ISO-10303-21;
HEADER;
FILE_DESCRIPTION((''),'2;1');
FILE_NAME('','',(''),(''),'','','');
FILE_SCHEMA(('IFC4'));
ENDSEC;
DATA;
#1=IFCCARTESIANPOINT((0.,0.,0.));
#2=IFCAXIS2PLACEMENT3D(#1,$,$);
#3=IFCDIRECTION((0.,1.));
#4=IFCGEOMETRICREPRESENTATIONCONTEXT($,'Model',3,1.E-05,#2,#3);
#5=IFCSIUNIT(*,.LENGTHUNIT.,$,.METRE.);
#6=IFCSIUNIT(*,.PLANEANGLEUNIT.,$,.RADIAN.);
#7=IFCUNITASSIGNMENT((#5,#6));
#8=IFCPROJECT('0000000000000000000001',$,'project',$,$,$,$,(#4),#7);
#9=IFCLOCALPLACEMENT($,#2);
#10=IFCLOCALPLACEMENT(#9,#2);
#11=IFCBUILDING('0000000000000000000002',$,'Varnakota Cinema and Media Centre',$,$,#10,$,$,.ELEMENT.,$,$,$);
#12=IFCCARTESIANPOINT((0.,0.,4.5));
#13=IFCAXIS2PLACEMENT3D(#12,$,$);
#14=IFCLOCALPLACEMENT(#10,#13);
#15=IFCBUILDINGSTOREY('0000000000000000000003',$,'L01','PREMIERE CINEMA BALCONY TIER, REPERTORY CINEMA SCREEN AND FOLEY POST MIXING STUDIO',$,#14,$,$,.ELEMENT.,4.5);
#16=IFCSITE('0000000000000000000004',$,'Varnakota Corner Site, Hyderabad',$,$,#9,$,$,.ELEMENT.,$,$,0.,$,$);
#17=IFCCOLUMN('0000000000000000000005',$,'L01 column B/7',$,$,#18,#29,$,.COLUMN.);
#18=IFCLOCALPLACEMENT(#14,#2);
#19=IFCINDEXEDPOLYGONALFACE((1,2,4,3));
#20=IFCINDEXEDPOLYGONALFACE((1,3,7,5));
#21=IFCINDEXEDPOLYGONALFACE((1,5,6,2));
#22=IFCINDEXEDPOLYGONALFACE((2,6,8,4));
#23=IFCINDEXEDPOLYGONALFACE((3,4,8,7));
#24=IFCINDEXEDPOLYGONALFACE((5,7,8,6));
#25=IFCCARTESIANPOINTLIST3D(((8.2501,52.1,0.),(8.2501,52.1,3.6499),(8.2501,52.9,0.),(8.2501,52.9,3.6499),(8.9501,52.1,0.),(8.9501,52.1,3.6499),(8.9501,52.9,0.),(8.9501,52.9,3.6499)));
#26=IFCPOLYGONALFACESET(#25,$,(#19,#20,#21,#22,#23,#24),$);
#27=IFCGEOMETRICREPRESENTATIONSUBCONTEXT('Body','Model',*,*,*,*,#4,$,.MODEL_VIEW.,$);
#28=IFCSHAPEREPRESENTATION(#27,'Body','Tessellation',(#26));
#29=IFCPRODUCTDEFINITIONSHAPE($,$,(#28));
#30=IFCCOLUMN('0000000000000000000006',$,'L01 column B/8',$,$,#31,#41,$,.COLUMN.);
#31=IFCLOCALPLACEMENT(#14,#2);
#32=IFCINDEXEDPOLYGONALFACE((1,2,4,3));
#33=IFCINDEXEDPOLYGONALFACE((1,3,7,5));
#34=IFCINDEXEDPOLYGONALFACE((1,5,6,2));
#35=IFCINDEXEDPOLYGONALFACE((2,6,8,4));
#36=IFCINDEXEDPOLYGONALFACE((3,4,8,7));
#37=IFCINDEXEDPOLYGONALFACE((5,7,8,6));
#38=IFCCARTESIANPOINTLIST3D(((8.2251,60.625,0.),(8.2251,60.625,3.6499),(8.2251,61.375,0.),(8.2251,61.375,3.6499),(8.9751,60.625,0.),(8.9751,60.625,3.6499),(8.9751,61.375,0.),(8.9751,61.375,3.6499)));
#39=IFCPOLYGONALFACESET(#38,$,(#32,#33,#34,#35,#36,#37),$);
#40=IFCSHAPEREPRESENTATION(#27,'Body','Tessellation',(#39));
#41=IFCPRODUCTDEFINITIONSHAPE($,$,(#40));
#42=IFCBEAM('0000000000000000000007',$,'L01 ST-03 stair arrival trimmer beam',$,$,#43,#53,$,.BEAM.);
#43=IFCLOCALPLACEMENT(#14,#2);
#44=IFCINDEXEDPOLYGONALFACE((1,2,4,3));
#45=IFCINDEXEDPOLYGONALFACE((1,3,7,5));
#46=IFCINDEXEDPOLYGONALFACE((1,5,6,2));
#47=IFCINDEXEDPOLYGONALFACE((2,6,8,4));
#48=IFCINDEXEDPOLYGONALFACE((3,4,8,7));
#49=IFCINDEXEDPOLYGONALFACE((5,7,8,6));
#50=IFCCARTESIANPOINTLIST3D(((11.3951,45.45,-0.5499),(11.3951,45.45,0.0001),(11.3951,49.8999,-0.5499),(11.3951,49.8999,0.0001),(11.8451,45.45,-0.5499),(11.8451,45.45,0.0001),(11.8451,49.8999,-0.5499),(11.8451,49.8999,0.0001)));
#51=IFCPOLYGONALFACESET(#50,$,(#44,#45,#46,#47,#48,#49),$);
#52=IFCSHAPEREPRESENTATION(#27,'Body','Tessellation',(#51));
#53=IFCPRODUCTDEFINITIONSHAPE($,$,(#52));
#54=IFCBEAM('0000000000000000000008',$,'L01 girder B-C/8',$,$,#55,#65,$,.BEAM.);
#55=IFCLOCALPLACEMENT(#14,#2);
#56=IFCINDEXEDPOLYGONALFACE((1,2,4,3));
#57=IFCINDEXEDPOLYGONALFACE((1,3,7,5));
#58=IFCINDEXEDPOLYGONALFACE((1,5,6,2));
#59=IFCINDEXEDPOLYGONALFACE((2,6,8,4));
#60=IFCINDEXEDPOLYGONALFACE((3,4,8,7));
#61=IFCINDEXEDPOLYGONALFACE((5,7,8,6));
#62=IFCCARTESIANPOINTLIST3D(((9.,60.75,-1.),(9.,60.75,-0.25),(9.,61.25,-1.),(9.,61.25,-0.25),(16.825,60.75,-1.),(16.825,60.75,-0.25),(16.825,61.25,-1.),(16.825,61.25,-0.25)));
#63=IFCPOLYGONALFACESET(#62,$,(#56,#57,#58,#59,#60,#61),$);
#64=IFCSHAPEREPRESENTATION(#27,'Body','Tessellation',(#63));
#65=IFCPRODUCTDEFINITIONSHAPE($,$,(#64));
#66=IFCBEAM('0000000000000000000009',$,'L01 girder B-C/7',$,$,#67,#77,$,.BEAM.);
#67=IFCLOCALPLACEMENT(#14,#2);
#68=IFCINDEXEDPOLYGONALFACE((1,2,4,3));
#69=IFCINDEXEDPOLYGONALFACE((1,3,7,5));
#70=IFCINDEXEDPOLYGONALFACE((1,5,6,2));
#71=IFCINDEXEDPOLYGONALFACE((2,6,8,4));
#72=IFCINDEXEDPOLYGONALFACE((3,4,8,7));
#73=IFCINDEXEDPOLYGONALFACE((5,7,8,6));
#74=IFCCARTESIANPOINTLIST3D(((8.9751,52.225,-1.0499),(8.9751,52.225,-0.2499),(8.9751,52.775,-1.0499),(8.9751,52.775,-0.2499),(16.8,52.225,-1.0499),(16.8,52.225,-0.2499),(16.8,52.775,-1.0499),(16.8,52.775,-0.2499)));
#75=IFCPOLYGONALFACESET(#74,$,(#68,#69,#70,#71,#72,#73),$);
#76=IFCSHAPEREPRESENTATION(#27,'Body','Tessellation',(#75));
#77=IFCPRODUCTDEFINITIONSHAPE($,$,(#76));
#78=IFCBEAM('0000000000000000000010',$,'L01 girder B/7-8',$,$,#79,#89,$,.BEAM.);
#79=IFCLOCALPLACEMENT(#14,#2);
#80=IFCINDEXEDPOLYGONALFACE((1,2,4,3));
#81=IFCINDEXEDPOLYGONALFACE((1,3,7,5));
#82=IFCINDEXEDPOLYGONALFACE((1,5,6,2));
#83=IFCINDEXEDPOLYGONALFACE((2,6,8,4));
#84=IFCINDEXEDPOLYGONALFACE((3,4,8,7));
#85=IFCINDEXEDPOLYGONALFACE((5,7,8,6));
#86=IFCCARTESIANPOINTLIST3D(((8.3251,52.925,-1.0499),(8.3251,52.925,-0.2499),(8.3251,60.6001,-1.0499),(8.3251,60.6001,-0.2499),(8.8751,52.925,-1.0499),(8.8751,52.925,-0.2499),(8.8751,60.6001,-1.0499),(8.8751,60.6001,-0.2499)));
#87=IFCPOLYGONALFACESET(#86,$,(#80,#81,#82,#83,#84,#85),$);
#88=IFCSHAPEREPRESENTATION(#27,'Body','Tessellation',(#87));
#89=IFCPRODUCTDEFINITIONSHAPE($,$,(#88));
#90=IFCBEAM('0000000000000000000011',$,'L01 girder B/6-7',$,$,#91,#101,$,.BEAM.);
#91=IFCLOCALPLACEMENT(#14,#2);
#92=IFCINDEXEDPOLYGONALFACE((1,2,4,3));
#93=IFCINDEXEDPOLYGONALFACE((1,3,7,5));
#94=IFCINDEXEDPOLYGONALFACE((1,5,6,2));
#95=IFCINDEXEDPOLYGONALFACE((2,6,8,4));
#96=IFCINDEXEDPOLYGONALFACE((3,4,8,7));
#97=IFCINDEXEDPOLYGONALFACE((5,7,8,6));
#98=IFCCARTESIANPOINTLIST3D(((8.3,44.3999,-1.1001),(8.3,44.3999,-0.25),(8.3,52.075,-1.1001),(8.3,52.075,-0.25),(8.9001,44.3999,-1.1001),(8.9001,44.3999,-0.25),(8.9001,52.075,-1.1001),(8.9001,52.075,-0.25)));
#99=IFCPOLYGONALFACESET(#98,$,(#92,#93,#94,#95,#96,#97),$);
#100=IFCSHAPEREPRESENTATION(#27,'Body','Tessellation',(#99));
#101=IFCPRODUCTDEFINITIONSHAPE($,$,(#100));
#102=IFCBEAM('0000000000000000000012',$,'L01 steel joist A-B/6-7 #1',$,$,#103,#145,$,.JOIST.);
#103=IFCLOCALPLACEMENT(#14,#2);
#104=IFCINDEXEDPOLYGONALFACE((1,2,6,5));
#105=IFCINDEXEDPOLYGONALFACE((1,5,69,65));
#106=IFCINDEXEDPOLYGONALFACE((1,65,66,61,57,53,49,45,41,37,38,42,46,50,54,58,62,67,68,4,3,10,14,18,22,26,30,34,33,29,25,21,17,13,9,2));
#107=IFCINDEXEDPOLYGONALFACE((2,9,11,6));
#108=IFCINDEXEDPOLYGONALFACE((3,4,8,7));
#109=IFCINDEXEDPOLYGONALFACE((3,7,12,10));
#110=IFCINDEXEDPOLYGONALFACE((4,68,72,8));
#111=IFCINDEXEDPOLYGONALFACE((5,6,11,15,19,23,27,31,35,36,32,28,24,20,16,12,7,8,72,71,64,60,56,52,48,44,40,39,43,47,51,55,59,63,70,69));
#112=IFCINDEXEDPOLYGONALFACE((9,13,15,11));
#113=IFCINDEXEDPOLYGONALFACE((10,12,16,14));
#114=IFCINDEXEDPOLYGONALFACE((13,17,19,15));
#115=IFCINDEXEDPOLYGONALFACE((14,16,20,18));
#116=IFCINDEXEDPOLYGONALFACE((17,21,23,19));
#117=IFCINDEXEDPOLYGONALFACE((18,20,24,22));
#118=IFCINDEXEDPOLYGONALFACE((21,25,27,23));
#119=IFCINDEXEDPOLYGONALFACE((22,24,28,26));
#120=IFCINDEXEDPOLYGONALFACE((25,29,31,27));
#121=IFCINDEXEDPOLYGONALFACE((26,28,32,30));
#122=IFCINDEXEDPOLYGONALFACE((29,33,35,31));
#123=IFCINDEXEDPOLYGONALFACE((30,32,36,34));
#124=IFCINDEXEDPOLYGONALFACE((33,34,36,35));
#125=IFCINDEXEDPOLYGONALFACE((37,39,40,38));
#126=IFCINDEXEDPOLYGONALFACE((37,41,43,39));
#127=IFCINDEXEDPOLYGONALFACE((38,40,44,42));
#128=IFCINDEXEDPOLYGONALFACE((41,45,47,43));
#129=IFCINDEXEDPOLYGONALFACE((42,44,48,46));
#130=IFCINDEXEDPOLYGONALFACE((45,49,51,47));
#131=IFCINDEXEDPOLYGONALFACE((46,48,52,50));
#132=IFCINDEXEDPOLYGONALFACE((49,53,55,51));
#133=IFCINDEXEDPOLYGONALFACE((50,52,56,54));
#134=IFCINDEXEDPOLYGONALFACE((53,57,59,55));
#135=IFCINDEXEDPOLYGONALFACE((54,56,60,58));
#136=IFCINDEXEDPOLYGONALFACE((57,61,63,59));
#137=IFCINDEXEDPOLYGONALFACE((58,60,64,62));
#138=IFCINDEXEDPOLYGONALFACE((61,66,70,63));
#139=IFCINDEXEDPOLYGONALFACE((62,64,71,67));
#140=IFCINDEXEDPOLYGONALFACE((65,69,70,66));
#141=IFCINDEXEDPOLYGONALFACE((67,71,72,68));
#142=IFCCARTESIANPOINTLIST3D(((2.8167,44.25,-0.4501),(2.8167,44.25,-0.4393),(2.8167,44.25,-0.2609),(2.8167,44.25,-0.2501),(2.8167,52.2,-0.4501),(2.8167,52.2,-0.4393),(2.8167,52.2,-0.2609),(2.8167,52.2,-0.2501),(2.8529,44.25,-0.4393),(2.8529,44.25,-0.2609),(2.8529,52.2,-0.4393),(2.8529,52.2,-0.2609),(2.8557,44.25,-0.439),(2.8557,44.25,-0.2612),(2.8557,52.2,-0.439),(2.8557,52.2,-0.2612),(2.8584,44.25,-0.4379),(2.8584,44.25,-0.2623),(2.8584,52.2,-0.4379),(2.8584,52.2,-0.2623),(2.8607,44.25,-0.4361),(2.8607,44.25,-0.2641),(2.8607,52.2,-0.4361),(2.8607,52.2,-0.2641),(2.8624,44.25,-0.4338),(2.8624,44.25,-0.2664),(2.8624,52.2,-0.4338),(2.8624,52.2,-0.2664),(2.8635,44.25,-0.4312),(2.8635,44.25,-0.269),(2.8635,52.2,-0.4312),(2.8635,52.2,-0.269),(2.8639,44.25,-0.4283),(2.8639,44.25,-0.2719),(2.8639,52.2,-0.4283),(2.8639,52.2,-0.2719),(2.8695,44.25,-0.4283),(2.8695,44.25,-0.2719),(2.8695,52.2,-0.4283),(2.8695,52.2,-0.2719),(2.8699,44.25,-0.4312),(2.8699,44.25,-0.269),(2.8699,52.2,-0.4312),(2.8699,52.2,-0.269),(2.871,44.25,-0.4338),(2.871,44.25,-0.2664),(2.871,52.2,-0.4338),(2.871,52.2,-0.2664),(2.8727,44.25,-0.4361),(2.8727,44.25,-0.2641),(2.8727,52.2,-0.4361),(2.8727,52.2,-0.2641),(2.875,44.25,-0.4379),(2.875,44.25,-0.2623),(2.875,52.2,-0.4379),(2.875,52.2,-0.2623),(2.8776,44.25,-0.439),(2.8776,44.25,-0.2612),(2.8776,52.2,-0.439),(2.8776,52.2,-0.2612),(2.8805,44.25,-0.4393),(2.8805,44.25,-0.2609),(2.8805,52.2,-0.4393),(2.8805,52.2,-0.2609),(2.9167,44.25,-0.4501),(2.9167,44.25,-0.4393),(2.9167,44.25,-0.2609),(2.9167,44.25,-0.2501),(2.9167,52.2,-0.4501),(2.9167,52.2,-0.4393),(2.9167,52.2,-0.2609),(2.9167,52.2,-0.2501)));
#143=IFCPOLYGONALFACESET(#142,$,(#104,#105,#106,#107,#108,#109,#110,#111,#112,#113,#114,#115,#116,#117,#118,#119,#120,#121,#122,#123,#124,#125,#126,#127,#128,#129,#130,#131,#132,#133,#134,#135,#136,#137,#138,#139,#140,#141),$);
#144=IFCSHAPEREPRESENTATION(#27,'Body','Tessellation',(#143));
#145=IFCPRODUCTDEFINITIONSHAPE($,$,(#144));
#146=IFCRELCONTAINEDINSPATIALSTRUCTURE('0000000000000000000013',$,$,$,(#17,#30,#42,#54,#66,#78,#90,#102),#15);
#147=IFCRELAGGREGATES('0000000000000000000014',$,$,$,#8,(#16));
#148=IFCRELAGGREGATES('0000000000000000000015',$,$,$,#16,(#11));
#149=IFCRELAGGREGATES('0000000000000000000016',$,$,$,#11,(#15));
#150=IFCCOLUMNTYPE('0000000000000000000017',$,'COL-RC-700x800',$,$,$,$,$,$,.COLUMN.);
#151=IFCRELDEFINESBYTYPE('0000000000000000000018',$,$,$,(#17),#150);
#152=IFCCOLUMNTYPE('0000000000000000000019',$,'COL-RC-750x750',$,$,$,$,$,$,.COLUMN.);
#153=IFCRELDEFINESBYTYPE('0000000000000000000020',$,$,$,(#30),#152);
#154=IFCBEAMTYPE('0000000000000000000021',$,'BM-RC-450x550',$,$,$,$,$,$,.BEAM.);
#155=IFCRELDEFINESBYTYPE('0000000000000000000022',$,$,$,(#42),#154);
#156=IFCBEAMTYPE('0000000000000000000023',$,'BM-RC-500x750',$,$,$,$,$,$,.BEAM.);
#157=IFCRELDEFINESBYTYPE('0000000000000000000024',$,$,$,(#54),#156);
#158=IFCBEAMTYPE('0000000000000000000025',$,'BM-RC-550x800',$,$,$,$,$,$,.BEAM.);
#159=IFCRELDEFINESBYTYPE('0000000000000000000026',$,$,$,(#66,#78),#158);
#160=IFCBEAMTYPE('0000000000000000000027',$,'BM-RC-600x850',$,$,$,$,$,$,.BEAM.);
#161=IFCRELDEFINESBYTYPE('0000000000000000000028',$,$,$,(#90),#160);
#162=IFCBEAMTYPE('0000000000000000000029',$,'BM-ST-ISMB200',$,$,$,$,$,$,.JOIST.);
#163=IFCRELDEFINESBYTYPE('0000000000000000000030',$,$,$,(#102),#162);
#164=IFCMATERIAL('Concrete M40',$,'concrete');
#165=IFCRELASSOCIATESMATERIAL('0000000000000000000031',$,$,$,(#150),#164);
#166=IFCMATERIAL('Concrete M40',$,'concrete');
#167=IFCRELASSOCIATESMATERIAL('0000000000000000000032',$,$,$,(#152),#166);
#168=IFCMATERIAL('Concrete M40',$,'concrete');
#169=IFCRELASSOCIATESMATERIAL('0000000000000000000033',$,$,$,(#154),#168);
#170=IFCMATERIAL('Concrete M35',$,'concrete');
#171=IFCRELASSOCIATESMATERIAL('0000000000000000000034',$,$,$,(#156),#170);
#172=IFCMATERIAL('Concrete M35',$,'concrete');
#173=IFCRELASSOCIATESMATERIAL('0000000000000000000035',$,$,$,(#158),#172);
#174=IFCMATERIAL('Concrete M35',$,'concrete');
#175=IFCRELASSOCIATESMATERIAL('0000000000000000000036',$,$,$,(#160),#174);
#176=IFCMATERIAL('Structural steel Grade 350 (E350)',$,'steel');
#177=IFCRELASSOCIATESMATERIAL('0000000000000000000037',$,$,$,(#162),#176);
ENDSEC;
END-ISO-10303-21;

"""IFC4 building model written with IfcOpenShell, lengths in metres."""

from ifc_helpers import new_model, si_unit, direction, frame, origin, origin_2d, place, context, subcontext, project, spatial, rectangle, i_section, extrude, material, material_profile, profile_set, type_object, element, save


model = new_model("IFC4")

# Units and contexts
model_context = context("Model", 3, precision=1e-05, world=origin(), true_north=direction((0.0, 1.0)))
body_context = subcontext(model_context, "Body", "Model", "MODEL_VIEW")
ifc_project = project(units=[si_unit("LENGTHUNIT", "METRE"), si_unit("PLANEANGLEUNIT", "RADIAN")], contexts=[model_context])

# Site, building, storey
site_placement = place(None, origin())
site = spatial("IfcSite", under=ifc_project, at=site_placement, Name="Varnakota Corner Site, Hyderabad", CompositionType="ELEMENT", RefElevation=0.0)
building_placement = place(site_placement, origin())
building = spatial("IfcBuilding", under=site, at=building_placement, Name="Varnakota Cinema and Media Centre", CompositionType="ELEMENT")
storey_placement = place(building_placement, frame((0.0, 0.0, 4.5)))
storey = spatial("IfcBuildingStorey", under=building, at=storey_placement, Name="L01", Description="PREMIERE CINEMA BALCONY TIER, REPERTORY CINEMA SCREEN AND FOLEY POST MIXING STUDIO", CompositionType="ELEMENT", Elevation=4.5)

# Columns
ifc_material_1 = material(Name="Concrete M40", Category="concrete")
ifc_material_profile_1 = material_profile(ifc_material_1, rectangle(XDim=0.7, YDim=0.8, at=origin_2d()), Name="RC 700x800")
ifc_profile_set_1 = profile_set([ifc_material_profile_1], Name="Concrete M40")
column_type_1 = type_object("IfcColumnType", Name="COL-RC-700x800", PredefinedType="COLUMN", material=ifc_profile_set_1)
column_1_placement = place(storey_placement, frame((8.6001, 52.5, 0.0), z_axis=(0.0, 0.0, 1.0), x_axis=(1.0, 0.0, 0.0)))
element("IfcColumn", 1, at=column_1_placement, inside=storey, type_object=column_type_1, Name="L01 column B/7", PredefinedType="COLUMN", context=body_context, shape_type="SweptSolid", body=[
    extrude(rectangle(XDim=0.7, YDim=0.8, at=origin_2d()), origin(), (0.0, 0.0, 1.0), 3.6499),
])
ifc_material_2 = material(Name="Concrete M40", Category="concrete")
ifc_material_profile_2 = material_profile(ifc_material_2, rectangle(XDim=0.75, YDim=0.75, at=origin_2d()), Name="RC 750x750")
ifc_profile_set_2 = profile_set([ifc_material_profile_2], Name="Concrete M40")
column_type_2 = type_object("IfcColumnType", Name="COL-RC-750x750", PredefinedType="COLUMN", material=ifc_profile_set_2)
column_2_placement = place(storey_placement, frame((8.6001, 61.0, 0.0), z_axis=(0.0, 0.0, 1.0), x_axis=(1.0, 0.0, 0.0)))
element("IfcColumn", 2, at=column_2_placement, inside=storey, type_object=column_type_2, Name="L01 column B/8", PredefinedType="COLUMN", context=body_context, shape_type="SweptSolid", body=[
    extrude(rectangle(XDim=0.75, YDim=0.75, at=origin_2d()), origin(), (0.0, 0.0, 1.0), 3.6499),
])

# Beams
ifc_material_3 = material(Name="Concrete M40", Category="concrete")
ifc_material_profile_3 = material_profile(ifc_material_3, rectangle(XDim=0.45, YDim=0.55, at=origin_2d()), Name="RCB 450x550")
ifc_profile_set_3 = profile_set([ifc_material_profile_3], Name="Concrete M40")
beam_type_1 = type_object("IfcBeamType", Name="BM-RC-450x550", PredefinedType="BEAM", material=ifc_profile_set_3)
beam_1_placement = place(storey_placement, frame((11.6201, 45.45, -0.2749), z_axis=(0.0, 1.0, 0.0), x_axis=(-1.0, 0.0, 0.0)))
element("IfcBeam", 3, at=beam_1_placement, inside=storey, type_object=beam_type_1, Name="L01 ST-03 stair arrival trimmer beam", PredefinedType="BEAM", context=body_context, shape_type="SweptSolid", body=[
    extrude(rectangle(XDim=0.45, YDim=0.55, at=origin_2d()), origin(), (0.0, 0.0, 1.0), 4.45),
])
ifc_material_4 = material(Name="Concrete M35", Category="concrete")
ifc_material_profile_4 = material_profile(ifc_material_4, rectangle(XDim=0.5, YDim=0.75, at=origin_2d()), Name="RCB 500x750")
ifc_profile_set_4 = profile_set([ifc_material_profile_4], Name="Concrete M35")
beam_type_2 = type_object("IfcBeamType", Name="BM-RC-500x750", PredefinedType="BEAM", material=ifc_profile_set_4)
beam_2_placement = place(storey_placement, frame((9.0, 61.0, -0.625), z_axis=(1.0, 0.0, 0.0), x_axis=(0.0, 1.0, 0.0)))
element("IfcBeam", 4, at=beam_2_placement, inside=storey, type_object=beam_type_2, Name="L01 girder B-C/8", PredefinedType="BEAM", context=body_context, shape_type="SweptSolid", body=[
    extrude(rectangle(XDim=0.5, YDim=0.75, at=origin_2d()), origin(), (0.0, 0.0, 1.0), 7.825),
])
ifc_material_5 = material(Name="Concrete M35", Category="concrete")
ifc_material_profile_5 = material_profile(ifc_material_5, rectangle(XDim=0.55, YDim=0.8, at=origin_2d()), Name="RCB 550x800")
ifc_profile_set_5 = profile_set([ifc_material_profile_5], Name="Concrete M35")
beam_type_3 = type_object("IfcBeamType", Name="BM-RC-550x800", PredefinedType="BEAM", material=ifc_profile_set_5)
beam_3_placement = place(storey_placement, frame((8.9751, 52.5, -0.6499), z_axis=(1.0, 0.0, 0.0), x_axis=(0.0, 1.0, 0.0)))
element("IfcBeam", 5, at=beam_3_placement, inside=storey, type_object=beam_type_3, Name="L01 girder B-C/7", PredefinedType="BEAM", context=body_context, shape_type="SweptSolid", body=[
    extrude(rectangle(XDim=0.55, YDim=0.8, at=origin_2d()), origin(), (0.0, 0.0, 1.0), 7.825),
])
beam_4_placement = place(storey_placement, frame((8.6001, 52.925, -0.6499), z_axis=(0.0, 1.0, 0.0), x_axis=(-1.0, 0.0, 0.0)))
element("IfcBeam", 6, at=beam_4_placement, inside=storey, type_object=beam_type_3, Name="L01 girder B/7-8", PredefinedType="BEAM", context=body_context, shape_type="SweptSolid", body=[
    extrude(rectangle(XDim=0.55, YDim=0.8, at=origin_2d()), origin(), (0.0, 0.0, 1.0), 7.675),
])
ifc_material_6 = material(Name="Concrete M35", Category="concrete")
ifc_material_profile_6 = material_profile(ifc_material_6, rectangle(XDim=0.6001, YDim=0.8501, at=origin_2d()), Name="RCB 600x850")
ifc_profile_set_6 = profile_set([ifc_material_profile_6], Name="Concrete M35")
beam_type_4 = type_object("IfcBeamType", Name="BM-RC-600x850", PredefinedType="BEAM", material=ifc_profile_set_6)
beam_5_placement = place(storey_placement, frame((8.6001, 44.3999, -0.675), z_axis=(0.0, 1.0, 0.0), x_axis=(-1.0, 0.0, 0.0)))
element("IfcBeam", 7, at=beam_5_placement, inside=storey, type_object=beam_type_4, Name="L01 girder B/6-7", PredefinedType="BEAM", context=body_context, shape_type="SweptSolid", body=[
    extrude(rectangle(XDim=0.6001, YDim=0.8501, at=origin_2d()), origin(), (0.0, 0.0, 1.0), 7.675),
])
ifc_material_7 = material(Name="Structural steel Grade 350 (E350)", Category="steel")
ifc_material_profile_7 = material_profile(ifc_material_7, i_section(OverallWidth=0.1001, OverallDepth=0.2, WebThickness=0.0056, FlangeThickness=0.0107, FilletRadius=0.011, at=origin_2d()), Name="ISMB 200")
ifc_profile_set_7 = profile_set([ifc_material_profile_7], Name="Structural steel Grade 350 (E350)")
beam_type_5 = type_object("IfcBeamType", Name="BM-ST-ISMB200", PredefinedType="JOIST", material=ifc_profile_set_7)
for number, where, z_axis, x_axis, name in (
    (8, (2.8667, 44.25, -0.3501), (0.0, 1.0, 0.0), (-1.0, 0.0, 0.0), "L01 steel joist A-B/6-7 #1"),
):
    element("IfcBeam", number, at=place(storey_placement, frame(where, z_axis=z_axis, x_axis=x_axis)), inside=storey, type_object=beam_type_5, Name=name, PredefinedType="JOIST", context=body_context, shape_type="SweptSolid", body=[
        extrude(i_section(OverallWidth=0.1001, OverallDepth=0.2, WebThickness=0.0056, FlangeThickness=0.0107, FilletRadius=0.011, at=origin_2d()), origin(), (0.0, 0.0, 1.0), 7.95),
    ])

save(model, "model.ifc")
